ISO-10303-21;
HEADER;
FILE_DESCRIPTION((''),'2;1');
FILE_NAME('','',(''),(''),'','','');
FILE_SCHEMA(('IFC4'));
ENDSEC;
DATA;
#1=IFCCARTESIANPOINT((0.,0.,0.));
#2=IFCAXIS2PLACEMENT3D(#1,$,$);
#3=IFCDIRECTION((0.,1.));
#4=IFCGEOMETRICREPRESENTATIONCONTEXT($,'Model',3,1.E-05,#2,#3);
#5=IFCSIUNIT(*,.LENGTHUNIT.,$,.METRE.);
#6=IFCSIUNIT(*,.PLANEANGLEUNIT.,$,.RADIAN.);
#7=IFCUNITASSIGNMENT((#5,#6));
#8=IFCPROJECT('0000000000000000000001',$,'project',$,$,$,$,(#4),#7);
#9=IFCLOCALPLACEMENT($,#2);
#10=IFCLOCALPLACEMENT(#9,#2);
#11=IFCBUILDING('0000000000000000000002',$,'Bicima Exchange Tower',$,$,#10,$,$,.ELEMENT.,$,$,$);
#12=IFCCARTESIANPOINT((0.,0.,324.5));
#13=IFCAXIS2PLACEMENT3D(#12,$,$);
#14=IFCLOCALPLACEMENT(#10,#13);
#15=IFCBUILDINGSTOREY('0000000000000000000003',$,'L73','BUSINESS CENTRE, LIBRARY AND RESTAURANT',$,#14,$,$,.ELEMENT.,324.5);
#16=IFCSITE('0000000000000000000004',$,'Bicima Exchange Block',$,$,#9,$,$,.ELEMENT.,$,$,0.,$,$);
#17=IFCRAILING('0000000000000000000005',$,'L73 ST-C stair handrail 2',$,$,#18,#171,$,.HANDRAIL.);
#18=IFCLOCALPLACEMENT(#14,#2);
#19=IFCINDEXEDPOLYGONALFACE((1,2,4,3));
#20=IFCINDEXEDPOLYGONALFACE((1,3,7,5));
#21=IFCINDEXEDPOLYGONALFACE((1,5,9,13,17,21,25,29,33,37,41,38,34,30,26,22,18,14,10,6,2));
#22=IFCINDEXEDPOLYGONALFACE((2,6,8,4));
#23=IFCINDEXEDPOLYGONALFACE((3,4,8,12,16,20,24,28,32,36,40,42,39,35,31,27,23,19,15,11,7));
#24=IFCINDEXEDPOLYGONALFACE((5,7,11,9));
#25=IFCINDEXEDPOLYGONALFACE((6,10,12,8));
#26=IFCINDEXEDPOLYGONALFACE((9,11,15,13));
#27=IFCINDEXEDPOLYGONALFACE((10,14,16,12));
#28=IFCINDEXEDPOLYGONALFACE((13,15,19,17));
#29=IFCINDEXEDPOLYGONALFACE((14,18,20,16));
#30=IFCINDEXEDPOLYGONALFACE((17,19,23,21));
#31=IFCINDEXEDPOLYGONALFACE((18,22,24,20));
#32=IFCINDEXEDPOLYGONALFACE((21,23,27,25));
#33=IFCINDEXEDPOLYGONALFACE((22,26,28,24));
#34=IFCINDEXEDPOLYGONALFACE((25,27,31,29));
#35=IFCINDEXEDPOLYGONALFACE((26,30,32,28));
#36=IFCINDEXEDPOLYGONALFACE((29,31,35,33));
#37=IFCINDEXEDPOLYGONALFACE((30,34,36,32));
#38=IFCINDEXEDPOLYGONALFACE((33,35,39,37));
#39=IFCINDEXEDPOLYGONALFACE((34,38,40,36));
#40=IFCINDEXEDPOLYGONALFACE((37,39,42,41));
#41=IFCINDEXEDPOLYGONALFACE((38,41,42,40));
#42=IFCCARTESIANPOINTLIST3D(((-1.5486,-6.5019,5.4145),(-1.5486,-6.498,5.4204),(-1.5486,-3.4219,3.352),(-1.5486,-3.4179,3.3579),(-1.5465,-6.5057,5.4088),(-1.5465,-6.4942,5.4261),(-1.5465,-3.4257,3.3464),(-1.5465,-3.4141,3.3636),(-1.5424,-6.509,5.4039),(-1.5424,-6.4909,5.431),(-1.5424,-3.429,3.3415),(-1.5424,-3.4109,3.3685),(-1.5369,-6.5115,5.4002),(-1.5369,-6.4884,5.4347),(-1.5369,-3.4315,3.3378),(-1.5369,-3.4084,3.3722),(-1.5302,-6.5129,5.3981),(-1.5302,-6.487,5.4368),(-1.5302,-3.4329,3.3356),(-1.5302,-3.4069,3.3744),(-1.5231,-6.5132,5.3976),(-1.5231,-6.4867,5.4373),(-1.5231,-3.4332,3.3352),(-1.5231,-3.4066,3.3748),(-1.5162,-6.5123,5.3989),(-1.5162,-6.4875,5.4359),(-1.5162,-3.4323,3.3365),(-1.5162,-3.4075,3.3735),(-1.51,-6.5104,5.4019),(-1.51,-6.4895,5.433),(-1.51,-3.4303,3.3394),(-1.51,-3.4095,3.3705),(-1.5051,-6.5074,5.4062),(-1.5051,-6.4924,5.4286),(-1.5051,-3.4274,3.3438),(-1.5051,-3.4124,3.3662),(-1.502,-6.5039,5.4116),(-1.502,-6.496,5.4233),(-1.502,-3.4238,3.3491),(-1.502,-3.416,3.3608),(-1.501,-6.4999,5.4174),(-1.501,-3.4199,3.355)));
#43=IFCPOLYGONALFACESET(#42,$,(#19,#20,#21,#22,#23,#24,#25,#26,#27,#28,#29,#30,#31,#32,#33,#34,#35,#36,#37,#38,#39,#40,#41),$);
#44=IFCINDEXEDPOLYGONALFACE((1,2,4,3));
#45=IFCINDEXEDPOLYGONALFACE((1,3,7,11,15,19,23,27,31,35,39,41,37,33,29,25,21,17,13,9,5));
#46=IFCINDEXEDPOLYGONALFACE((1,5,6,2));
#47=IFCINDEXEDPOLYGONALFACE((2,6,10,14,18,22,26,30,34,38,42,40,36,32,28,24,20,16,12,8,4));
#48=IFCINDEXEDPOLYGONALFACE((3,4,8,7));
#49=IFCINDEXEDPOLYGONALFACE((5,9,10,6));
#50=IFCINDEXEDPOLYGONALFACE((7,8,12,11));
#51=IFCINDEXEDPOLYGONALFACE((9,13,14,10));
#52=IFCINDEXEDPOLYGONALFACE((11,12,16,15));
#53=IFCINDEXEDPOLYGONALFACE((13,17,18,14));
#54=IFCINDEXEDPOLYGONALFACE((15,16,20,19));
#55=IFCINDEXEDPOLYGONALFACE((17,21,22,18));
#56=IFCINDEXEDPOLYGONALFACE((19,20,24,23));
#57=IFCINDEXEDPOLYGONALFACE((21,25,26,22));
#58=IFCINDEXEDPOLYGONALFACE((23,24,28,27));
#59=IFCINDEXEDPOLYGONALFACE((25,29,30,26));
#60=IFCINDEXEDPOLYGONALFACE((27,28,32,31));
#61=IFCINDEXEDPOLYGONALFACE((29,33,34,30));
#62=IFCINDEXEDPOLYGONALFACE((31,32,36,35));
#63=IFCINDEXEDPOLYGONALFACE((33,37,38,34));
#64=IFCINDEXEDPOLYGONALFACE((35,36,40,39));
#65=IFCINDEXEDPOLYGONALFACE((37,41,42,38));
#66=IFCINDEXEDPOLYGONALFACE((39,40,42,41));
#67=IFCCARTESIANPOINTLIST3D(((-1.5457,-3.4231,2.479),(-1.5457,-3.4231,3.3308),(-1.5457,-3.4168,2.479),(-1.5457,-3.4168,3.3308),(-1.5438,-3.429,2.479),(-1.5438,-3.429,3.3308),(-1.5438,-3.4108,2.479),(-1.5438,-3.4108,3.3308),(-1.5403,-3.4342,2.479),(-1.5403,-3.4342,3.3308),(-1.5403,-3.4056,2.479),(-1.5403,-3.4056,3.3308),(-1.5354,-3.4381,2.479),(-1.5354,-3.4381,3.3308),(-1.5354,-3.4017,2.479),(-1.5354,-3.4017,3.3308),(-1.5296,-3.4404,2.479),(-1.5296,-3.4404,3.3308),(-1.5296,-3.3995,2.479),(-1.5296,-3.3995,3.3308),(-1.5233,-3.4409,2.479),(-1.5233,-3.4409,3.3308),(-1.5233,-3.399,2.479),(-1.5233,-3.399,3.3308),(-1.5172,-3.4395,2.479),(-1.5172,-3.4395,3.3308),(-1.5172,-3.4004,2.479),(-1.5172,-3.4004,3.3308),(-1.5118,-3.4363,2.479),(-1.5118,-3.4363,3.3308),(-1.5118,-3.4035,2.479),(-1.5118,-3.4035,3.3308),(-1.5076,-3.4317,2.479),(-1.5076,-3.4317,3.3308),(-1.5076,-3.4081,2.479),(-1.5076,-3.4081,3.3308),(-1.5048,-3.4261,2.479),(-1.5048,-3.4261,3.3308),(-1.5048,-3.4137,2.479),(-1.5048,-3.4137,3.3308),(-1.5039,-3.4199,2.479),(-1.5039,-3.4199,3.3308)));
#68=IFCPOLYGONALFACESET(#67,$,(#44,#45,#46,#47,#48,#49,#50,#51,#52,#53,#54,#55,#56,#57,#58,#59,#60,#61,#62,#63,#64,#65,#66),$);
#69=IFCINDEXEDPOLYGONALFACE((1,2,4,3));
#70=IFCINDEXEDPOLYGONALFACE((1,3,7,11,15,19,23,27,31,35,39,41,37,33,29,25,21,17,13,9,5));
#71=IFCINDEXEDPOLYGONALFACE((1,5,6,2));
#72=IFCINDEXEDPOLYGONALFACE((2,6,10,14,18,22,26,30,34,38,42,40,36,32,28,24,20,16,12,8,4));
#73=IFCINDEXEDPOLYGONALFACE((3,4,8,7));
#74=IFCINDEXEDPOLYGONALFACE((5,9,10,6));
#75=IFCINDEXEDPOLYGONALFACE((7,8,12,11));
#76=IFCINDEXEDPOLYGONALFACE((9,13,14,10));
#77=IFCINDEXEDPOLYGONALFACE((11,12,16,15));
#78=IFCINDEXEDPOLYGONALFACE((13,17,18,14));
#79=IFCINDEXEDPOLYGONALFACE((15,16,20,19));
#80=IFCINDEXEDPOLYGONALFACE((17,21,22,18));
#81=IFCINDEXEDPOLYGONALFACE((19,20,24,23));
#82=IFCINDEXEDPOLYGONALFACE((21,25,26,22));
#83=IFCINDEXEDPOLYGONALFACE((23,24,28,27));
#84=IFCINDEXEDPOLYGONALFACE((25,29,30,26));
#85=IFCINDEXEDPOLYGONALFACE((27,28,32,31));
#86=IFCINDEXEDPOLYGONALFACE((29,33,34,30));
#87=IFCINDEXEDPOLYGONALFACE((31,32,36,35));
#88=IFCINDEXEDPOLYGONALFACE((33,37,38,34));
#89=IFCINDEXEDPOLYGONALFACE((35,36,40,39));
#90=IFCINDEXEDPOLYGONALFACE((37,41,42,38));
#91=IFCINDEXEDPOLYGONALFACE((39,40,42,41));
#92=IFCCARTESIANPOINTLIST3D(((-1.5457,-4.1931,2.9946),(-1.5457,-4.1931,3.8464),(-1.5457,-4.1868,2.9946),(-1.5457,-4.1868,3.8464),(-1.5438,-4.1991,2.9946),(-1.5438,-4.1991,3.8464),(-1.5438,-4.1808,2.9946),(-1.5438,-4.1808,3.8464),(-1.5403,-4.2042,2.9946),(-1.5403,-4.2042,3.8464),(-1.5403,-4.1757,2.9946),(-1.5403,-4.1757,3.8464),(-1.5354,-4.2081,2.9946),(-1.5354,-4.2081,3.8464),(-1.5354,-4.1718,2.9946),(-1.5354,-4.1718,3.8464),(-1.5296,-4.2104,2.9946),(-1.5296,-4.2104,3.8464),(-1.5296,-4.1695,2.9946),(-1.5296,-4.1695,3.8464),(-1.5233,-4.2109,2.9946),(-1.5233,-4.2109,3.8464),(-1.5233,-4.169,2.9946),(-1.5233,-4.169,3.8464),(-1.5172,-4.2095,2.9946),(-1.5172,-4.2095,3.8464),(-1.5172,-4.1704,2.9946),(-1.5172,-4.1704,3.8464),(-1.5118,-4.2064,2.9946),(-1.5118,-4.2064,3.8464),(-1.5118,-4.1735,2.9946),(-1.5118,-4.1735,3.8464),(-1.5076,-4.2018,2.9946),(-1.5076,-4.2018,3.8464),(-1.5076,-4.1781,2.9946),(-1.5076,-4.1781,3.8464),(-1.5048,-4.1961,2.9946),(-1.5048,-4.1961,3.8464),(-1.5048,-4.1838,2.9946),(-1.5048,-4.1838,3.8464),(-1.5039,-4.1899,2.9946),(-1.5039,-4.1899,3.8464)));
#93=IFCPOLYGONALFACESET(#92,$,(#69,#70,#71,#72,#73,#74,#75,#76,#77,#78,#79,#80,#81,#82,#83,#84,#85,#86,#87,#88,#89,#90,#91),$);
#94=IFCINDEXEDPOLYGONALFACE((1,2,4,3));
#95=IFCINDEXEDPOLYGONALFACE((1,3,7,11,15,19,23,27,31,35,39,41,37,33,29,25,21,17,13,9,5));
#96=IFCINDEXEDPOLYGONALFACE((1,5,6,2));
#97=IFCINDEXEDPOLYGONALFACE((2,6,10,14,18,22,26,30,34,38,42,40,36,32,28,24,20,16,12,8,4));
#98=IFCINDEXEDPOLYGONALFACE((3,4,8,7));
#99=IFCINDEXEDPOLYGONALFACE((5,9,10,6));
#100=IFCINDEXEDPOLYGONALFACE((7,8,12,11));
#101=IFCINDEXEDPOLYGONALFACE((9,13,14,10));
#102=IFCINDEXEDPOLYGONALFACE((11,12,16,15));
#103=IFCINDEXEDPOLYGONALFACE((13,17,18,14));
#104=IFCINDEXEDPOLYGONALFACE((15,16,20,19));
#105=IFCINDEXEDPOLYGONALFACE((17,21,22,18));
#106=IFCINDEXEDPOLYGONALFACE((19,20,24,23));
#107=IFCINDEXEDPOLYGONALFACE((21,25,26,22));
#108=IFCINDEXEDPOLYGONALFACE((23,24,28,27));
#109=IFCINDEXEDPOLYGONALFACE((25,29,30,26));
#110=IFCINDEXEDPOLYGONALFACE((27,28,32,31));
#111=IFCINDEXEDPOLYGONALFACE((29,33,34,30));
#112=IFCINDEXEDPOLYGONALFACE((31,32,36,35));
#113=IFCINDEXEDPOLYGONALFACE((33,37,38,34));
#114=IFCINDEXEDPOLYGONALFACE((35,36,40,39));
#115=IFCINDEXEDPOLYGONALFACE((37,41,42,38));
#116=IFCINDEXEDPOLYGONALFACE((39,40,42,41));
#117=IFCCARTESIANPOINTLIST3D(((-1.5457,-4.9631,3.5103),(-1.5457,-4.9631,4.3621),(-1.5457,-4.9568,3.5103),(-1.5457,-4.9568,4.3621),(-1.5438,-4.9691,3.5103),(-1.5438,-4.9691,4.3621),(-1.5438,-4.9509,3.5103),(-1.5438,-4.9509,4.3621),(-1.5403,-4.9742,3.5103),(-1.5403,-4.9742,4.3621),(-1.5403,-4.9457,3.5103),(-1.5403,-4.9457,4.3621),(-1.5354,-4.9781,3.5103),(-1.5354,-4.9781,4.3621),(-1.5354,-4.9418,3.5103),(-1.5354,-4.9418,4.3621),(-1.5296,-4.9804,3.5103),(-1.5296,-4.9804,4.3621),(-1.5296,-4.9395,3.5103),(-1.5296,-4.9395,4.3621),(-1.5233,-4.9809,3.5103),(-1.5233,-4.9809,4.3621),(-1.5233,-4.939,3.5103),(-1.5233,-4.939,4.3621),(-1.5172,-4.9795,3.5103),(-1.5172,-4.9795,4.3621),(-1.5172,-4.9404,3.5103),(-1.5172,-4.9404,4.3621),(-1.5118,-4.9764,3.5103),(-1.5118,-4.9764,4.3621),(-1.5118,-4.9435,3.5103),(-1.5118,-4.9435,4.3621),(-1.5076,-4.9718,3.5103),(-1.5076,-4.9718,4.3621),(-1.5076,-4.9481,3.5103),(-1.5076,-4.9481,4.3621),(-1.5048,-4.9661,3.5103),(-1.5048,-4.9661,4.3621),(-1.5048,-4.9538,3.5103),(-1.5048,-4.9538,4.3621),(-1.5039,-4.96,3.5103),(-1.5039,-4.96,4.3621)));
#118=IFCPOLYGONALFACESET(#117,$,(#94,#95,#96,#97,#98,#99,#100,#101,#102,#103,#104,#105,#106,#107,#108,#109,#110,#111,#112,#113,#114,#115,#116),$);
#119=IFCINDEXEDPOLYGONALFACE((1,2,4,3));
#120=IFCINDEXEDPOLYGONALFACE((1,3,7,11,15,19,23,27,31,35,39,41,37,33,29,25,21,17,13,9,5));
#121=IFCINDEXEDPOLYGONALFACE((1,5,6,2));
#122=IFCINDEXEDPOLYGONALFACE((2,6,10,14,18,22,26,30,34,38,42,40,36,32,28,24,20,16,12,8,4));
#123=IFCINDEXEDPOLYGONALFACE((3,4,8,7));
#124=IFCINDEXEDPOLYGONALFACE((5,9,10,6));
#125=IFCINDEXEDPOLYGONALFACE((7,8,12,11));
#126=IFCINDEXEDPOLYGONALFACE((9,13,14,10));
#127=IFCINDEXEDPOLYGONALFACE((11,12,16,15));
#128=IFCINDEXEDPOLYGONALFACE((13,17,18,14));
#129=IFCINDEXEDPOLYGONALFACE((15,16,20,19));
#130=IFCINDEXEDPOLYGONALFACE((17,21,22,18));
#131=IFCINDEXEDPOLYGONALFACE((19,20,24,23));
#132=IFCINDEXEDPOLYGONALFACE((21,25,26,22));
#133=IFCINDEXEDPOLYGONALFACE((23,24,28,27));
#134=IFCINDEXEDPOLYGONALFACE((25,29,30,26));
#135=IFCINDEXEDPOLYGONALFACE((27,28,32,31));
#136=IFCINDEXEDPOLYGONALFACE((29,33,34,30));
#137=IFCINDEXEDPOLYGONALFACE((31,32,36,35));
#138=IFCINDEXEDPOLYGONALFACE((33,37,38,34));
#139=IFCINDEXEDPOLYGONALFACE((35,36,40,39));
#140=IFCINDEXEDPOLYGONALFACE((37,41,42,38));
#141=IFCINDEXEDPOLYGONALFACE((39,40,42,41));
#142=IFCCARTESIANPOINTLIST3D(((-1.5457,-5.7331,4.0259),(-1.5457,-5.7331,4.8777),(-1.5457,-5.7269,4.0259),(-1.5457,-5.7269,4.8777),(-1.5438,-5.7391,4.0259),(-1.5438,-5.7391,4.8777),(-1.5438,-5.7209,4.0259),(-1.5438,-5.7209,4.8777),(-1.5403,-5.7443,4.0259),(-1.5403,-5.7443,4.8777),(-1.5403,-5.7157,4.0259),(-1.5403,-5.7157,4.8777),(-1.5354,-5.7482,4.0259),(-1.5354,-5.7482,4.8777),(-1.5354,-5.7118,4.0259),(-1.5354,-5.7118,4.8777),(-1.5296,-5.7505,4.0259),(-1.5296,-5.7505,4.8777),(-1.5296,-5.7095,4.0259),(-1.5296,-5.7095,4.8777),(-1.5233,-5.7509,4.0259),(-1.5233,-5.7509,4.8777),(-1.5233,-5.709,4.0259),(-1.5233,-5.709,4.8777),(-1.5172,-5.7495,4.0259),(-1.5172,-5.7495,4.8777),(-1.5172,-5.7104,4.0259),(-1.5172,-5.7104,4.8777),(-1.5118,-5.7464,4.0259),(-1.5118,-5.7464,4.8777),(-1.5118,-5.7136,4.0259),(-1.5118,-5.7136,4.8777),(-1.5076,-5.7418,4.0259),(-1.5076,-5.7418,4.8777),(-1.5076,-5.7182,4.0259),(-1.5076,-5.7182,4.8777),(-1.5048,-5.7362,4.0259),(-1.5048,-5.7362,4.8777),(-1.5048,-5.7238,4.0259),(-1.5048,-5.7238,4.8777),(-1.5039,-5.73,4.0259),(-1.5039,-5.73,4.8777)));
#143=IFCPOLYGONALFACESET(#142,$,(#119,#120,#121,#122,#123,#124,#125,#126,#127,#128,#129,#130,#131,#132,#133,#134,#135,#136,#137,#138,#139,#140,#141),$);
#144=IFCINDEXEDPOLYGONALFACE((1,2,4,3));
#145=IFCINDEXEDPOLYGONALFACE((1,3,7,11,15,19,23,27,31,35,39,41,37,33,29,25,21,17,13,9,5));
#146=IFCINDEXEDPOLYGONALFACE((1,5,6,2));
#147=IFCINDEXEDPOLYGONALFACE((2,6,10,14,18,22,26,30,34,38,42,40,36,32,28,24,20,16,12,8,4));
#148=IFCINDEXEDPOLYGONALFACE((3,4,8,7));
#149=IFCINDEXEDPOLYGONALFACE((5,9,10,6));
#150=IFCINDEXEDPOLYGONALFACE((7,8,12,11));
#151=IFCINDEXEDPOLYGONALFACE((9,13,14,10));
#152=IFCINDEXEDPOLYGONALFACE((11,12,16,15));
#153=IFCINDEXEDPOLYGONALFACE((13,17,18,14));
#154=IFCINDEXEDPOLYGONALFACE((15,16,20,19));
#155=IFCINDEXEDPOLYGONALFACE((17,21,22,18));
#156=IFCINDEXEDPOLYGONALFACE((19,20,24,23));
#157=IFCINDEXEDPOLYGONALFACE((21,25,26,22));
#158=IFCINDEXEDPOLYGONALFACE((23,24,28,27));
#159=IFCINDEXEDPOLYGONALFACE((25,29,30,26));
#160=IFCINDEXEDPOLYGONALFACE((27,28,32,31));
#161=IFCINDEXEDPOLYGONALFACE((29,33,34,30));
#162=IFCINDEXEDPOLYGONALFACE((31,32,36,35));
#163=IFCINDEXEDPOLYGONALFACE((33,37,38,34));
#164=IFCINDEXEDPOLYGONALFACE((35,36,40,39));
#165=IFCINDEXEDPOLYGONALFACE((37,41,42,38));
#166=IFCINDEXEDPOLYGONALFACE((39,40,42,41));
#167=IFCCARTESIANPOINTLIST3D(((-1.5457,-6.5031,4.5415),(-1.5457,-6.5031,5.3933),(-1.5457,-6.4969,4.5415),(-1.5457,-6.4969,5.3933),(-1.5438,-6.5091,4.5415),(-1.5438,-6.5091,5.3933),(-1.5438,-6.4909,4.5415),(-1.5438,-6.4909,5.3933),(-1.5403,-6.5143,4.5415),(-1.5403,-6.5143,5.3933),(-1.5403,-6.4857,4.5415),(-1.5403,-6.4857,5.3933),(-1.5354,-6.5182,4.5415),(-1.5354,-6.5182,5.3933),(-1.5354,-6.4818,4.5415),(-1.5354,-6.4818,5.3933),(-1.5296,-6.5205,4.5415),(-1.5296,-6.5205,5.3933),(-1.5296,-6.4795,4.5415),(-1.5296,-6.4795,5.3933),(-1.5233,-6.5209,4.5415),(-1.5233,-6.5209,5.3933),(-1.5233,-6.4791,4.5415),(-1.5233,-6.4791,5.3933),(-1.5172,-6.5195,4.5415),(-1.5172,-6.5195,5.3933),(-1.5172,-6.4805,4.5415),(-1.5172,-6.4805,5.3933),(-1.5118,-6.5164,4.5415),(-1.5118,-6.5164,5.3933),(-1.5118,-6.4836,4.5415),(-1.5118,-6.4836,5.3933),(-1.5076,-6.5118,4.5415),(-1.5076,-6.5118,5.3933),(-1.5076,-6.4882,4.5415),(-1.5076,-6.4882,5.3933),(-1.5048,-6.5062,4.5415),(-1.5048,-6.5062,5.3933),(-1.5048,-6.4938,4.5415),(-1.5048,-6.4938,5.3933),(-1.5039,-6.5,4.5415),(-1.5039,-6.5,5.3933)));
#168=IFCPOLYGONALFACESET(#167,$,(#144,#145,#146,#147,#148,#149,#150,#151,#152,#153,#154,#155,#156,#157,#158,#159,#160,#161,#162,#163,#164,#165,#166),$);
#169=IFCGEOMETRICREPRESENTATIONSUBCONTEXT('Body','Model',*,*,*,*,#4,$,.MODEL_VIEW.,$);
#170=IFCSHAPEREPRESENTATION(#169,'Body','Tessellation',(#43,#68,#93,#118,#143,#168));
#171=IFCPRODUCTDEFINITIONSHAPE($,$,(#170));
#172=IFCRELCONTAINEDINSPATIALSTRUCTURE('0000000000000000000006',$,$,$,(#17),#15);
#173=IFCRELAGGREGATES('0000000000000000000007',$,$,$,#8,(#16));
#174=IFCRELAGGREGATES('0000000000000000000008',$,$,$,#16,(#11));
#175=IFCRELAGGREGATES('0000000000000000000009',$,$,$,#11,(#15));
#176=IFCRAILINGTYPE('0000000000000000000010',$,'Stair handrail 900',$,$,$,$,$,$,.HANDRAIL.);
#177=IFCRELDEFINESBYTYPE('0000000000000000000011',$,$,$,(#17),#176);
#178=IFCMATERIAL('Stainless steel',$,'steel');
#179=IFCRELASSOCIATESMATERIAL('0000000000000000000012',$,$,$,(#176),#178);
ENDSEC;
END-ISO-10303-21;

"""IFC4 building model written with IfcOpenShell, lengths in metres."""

from ifc_helpers import new_model, si_unit, direction, frame, origin, origin_2d, place, context, subcontext, project, spatial, circle, extrude, material, type_object, element, save


model = new_model("IFC4")

# Units and contexts
model_context = context("Model", 3, precision=1e-05, world=origin(), true_north=direction((0.0, 1.0)))
body_context = subcontext(model_context, "Body", "Model", "MODEL_VIEW")
ifc_project = project(units=[si_unit("LENGTHUNIT", "METRE"), si_unit("PLANEANGLEUNIT", "RADIAN")], contexts=[model_context])

# Site, building, storey
site_placement = place(None, origin())
site = spatial("IfcSite", under=ifc_project, at=site_placement, Name="Bicima Exchange Block", CompositionType="ELEMENT", RefElevation=0.0)
building_placement = place(site_placement, origin())
building = spatial("IfcBuilding", under=site, at=building_placement, Name="Bicima Exchange Tower", CompositionType="ELEMENT")
storey_placement = place(building_placement, frame((0.0, 0.0, 324.5)))
storey = spatial("IfcBuildingStorey", under=building, at=storey_placement, Name="L73", Description="BUSINESS CENTRE, LIBRARY AND RESTAURANT", CompositionType="ELEMENT", Elevation=324.5)

# Railing
ifc_material_1 = material(Name="Stainless steel", Category="steel")
railing_type = type_object("IfcRailingType", Name="Stair handrail 900", PredefinedType="HANDRAIL", material=ifc_material_1)
railing_placement = place(storey_placement, frame((-1.5249, -3.4199, 2.479)))
element("IfcRailing", 1, at=railing_placement, inside=storey, type_object=railing_type, Name="L73 ST-C stair handrail 2", PredefinedType="HANDRAIL", context=body_context, shape_type="SweptSolid", body=[
    extrude(circle(Radius=0.0239, at=origin_2d()), frame((0.0, 0.0, 0.876), z_axis=(0.0, -0.830914, 0.556401), x_axis=(1.0, 0.0, 0.0)), (0.0, 0.0, 1.0), 3.7068),
    extrude(circle(Radius=0.021, at=origin_2d()), origin(), (0.0, 0.0, 1.0), 0.8518),
    extrude(circle(Radius=0.021, at=origin_2d()), frame((0.0, -0.77, 0.5156)), (0.0, 0.0, 1.0), 0.8518),
    extrude(circle(Radius=0.021, at=origin_2d()), frame((0.0, -1.54, 1.0312)), (0.0, 0.0, 1.0), 0.8518),
    extrude(circle(Radius=0.021, at=origin_2d()), frame((0.0, -2.3101, 1.5469)), (0.0, 0.0, 1.0), 0.8518),
    extrude(circle(Radius=0.021, at=origin_2d()), frame((0.0, -3.0801, 2.0625)), (0.0, 0.0, 1.0), 0.8518),
])

save(model, "model.ifc")
